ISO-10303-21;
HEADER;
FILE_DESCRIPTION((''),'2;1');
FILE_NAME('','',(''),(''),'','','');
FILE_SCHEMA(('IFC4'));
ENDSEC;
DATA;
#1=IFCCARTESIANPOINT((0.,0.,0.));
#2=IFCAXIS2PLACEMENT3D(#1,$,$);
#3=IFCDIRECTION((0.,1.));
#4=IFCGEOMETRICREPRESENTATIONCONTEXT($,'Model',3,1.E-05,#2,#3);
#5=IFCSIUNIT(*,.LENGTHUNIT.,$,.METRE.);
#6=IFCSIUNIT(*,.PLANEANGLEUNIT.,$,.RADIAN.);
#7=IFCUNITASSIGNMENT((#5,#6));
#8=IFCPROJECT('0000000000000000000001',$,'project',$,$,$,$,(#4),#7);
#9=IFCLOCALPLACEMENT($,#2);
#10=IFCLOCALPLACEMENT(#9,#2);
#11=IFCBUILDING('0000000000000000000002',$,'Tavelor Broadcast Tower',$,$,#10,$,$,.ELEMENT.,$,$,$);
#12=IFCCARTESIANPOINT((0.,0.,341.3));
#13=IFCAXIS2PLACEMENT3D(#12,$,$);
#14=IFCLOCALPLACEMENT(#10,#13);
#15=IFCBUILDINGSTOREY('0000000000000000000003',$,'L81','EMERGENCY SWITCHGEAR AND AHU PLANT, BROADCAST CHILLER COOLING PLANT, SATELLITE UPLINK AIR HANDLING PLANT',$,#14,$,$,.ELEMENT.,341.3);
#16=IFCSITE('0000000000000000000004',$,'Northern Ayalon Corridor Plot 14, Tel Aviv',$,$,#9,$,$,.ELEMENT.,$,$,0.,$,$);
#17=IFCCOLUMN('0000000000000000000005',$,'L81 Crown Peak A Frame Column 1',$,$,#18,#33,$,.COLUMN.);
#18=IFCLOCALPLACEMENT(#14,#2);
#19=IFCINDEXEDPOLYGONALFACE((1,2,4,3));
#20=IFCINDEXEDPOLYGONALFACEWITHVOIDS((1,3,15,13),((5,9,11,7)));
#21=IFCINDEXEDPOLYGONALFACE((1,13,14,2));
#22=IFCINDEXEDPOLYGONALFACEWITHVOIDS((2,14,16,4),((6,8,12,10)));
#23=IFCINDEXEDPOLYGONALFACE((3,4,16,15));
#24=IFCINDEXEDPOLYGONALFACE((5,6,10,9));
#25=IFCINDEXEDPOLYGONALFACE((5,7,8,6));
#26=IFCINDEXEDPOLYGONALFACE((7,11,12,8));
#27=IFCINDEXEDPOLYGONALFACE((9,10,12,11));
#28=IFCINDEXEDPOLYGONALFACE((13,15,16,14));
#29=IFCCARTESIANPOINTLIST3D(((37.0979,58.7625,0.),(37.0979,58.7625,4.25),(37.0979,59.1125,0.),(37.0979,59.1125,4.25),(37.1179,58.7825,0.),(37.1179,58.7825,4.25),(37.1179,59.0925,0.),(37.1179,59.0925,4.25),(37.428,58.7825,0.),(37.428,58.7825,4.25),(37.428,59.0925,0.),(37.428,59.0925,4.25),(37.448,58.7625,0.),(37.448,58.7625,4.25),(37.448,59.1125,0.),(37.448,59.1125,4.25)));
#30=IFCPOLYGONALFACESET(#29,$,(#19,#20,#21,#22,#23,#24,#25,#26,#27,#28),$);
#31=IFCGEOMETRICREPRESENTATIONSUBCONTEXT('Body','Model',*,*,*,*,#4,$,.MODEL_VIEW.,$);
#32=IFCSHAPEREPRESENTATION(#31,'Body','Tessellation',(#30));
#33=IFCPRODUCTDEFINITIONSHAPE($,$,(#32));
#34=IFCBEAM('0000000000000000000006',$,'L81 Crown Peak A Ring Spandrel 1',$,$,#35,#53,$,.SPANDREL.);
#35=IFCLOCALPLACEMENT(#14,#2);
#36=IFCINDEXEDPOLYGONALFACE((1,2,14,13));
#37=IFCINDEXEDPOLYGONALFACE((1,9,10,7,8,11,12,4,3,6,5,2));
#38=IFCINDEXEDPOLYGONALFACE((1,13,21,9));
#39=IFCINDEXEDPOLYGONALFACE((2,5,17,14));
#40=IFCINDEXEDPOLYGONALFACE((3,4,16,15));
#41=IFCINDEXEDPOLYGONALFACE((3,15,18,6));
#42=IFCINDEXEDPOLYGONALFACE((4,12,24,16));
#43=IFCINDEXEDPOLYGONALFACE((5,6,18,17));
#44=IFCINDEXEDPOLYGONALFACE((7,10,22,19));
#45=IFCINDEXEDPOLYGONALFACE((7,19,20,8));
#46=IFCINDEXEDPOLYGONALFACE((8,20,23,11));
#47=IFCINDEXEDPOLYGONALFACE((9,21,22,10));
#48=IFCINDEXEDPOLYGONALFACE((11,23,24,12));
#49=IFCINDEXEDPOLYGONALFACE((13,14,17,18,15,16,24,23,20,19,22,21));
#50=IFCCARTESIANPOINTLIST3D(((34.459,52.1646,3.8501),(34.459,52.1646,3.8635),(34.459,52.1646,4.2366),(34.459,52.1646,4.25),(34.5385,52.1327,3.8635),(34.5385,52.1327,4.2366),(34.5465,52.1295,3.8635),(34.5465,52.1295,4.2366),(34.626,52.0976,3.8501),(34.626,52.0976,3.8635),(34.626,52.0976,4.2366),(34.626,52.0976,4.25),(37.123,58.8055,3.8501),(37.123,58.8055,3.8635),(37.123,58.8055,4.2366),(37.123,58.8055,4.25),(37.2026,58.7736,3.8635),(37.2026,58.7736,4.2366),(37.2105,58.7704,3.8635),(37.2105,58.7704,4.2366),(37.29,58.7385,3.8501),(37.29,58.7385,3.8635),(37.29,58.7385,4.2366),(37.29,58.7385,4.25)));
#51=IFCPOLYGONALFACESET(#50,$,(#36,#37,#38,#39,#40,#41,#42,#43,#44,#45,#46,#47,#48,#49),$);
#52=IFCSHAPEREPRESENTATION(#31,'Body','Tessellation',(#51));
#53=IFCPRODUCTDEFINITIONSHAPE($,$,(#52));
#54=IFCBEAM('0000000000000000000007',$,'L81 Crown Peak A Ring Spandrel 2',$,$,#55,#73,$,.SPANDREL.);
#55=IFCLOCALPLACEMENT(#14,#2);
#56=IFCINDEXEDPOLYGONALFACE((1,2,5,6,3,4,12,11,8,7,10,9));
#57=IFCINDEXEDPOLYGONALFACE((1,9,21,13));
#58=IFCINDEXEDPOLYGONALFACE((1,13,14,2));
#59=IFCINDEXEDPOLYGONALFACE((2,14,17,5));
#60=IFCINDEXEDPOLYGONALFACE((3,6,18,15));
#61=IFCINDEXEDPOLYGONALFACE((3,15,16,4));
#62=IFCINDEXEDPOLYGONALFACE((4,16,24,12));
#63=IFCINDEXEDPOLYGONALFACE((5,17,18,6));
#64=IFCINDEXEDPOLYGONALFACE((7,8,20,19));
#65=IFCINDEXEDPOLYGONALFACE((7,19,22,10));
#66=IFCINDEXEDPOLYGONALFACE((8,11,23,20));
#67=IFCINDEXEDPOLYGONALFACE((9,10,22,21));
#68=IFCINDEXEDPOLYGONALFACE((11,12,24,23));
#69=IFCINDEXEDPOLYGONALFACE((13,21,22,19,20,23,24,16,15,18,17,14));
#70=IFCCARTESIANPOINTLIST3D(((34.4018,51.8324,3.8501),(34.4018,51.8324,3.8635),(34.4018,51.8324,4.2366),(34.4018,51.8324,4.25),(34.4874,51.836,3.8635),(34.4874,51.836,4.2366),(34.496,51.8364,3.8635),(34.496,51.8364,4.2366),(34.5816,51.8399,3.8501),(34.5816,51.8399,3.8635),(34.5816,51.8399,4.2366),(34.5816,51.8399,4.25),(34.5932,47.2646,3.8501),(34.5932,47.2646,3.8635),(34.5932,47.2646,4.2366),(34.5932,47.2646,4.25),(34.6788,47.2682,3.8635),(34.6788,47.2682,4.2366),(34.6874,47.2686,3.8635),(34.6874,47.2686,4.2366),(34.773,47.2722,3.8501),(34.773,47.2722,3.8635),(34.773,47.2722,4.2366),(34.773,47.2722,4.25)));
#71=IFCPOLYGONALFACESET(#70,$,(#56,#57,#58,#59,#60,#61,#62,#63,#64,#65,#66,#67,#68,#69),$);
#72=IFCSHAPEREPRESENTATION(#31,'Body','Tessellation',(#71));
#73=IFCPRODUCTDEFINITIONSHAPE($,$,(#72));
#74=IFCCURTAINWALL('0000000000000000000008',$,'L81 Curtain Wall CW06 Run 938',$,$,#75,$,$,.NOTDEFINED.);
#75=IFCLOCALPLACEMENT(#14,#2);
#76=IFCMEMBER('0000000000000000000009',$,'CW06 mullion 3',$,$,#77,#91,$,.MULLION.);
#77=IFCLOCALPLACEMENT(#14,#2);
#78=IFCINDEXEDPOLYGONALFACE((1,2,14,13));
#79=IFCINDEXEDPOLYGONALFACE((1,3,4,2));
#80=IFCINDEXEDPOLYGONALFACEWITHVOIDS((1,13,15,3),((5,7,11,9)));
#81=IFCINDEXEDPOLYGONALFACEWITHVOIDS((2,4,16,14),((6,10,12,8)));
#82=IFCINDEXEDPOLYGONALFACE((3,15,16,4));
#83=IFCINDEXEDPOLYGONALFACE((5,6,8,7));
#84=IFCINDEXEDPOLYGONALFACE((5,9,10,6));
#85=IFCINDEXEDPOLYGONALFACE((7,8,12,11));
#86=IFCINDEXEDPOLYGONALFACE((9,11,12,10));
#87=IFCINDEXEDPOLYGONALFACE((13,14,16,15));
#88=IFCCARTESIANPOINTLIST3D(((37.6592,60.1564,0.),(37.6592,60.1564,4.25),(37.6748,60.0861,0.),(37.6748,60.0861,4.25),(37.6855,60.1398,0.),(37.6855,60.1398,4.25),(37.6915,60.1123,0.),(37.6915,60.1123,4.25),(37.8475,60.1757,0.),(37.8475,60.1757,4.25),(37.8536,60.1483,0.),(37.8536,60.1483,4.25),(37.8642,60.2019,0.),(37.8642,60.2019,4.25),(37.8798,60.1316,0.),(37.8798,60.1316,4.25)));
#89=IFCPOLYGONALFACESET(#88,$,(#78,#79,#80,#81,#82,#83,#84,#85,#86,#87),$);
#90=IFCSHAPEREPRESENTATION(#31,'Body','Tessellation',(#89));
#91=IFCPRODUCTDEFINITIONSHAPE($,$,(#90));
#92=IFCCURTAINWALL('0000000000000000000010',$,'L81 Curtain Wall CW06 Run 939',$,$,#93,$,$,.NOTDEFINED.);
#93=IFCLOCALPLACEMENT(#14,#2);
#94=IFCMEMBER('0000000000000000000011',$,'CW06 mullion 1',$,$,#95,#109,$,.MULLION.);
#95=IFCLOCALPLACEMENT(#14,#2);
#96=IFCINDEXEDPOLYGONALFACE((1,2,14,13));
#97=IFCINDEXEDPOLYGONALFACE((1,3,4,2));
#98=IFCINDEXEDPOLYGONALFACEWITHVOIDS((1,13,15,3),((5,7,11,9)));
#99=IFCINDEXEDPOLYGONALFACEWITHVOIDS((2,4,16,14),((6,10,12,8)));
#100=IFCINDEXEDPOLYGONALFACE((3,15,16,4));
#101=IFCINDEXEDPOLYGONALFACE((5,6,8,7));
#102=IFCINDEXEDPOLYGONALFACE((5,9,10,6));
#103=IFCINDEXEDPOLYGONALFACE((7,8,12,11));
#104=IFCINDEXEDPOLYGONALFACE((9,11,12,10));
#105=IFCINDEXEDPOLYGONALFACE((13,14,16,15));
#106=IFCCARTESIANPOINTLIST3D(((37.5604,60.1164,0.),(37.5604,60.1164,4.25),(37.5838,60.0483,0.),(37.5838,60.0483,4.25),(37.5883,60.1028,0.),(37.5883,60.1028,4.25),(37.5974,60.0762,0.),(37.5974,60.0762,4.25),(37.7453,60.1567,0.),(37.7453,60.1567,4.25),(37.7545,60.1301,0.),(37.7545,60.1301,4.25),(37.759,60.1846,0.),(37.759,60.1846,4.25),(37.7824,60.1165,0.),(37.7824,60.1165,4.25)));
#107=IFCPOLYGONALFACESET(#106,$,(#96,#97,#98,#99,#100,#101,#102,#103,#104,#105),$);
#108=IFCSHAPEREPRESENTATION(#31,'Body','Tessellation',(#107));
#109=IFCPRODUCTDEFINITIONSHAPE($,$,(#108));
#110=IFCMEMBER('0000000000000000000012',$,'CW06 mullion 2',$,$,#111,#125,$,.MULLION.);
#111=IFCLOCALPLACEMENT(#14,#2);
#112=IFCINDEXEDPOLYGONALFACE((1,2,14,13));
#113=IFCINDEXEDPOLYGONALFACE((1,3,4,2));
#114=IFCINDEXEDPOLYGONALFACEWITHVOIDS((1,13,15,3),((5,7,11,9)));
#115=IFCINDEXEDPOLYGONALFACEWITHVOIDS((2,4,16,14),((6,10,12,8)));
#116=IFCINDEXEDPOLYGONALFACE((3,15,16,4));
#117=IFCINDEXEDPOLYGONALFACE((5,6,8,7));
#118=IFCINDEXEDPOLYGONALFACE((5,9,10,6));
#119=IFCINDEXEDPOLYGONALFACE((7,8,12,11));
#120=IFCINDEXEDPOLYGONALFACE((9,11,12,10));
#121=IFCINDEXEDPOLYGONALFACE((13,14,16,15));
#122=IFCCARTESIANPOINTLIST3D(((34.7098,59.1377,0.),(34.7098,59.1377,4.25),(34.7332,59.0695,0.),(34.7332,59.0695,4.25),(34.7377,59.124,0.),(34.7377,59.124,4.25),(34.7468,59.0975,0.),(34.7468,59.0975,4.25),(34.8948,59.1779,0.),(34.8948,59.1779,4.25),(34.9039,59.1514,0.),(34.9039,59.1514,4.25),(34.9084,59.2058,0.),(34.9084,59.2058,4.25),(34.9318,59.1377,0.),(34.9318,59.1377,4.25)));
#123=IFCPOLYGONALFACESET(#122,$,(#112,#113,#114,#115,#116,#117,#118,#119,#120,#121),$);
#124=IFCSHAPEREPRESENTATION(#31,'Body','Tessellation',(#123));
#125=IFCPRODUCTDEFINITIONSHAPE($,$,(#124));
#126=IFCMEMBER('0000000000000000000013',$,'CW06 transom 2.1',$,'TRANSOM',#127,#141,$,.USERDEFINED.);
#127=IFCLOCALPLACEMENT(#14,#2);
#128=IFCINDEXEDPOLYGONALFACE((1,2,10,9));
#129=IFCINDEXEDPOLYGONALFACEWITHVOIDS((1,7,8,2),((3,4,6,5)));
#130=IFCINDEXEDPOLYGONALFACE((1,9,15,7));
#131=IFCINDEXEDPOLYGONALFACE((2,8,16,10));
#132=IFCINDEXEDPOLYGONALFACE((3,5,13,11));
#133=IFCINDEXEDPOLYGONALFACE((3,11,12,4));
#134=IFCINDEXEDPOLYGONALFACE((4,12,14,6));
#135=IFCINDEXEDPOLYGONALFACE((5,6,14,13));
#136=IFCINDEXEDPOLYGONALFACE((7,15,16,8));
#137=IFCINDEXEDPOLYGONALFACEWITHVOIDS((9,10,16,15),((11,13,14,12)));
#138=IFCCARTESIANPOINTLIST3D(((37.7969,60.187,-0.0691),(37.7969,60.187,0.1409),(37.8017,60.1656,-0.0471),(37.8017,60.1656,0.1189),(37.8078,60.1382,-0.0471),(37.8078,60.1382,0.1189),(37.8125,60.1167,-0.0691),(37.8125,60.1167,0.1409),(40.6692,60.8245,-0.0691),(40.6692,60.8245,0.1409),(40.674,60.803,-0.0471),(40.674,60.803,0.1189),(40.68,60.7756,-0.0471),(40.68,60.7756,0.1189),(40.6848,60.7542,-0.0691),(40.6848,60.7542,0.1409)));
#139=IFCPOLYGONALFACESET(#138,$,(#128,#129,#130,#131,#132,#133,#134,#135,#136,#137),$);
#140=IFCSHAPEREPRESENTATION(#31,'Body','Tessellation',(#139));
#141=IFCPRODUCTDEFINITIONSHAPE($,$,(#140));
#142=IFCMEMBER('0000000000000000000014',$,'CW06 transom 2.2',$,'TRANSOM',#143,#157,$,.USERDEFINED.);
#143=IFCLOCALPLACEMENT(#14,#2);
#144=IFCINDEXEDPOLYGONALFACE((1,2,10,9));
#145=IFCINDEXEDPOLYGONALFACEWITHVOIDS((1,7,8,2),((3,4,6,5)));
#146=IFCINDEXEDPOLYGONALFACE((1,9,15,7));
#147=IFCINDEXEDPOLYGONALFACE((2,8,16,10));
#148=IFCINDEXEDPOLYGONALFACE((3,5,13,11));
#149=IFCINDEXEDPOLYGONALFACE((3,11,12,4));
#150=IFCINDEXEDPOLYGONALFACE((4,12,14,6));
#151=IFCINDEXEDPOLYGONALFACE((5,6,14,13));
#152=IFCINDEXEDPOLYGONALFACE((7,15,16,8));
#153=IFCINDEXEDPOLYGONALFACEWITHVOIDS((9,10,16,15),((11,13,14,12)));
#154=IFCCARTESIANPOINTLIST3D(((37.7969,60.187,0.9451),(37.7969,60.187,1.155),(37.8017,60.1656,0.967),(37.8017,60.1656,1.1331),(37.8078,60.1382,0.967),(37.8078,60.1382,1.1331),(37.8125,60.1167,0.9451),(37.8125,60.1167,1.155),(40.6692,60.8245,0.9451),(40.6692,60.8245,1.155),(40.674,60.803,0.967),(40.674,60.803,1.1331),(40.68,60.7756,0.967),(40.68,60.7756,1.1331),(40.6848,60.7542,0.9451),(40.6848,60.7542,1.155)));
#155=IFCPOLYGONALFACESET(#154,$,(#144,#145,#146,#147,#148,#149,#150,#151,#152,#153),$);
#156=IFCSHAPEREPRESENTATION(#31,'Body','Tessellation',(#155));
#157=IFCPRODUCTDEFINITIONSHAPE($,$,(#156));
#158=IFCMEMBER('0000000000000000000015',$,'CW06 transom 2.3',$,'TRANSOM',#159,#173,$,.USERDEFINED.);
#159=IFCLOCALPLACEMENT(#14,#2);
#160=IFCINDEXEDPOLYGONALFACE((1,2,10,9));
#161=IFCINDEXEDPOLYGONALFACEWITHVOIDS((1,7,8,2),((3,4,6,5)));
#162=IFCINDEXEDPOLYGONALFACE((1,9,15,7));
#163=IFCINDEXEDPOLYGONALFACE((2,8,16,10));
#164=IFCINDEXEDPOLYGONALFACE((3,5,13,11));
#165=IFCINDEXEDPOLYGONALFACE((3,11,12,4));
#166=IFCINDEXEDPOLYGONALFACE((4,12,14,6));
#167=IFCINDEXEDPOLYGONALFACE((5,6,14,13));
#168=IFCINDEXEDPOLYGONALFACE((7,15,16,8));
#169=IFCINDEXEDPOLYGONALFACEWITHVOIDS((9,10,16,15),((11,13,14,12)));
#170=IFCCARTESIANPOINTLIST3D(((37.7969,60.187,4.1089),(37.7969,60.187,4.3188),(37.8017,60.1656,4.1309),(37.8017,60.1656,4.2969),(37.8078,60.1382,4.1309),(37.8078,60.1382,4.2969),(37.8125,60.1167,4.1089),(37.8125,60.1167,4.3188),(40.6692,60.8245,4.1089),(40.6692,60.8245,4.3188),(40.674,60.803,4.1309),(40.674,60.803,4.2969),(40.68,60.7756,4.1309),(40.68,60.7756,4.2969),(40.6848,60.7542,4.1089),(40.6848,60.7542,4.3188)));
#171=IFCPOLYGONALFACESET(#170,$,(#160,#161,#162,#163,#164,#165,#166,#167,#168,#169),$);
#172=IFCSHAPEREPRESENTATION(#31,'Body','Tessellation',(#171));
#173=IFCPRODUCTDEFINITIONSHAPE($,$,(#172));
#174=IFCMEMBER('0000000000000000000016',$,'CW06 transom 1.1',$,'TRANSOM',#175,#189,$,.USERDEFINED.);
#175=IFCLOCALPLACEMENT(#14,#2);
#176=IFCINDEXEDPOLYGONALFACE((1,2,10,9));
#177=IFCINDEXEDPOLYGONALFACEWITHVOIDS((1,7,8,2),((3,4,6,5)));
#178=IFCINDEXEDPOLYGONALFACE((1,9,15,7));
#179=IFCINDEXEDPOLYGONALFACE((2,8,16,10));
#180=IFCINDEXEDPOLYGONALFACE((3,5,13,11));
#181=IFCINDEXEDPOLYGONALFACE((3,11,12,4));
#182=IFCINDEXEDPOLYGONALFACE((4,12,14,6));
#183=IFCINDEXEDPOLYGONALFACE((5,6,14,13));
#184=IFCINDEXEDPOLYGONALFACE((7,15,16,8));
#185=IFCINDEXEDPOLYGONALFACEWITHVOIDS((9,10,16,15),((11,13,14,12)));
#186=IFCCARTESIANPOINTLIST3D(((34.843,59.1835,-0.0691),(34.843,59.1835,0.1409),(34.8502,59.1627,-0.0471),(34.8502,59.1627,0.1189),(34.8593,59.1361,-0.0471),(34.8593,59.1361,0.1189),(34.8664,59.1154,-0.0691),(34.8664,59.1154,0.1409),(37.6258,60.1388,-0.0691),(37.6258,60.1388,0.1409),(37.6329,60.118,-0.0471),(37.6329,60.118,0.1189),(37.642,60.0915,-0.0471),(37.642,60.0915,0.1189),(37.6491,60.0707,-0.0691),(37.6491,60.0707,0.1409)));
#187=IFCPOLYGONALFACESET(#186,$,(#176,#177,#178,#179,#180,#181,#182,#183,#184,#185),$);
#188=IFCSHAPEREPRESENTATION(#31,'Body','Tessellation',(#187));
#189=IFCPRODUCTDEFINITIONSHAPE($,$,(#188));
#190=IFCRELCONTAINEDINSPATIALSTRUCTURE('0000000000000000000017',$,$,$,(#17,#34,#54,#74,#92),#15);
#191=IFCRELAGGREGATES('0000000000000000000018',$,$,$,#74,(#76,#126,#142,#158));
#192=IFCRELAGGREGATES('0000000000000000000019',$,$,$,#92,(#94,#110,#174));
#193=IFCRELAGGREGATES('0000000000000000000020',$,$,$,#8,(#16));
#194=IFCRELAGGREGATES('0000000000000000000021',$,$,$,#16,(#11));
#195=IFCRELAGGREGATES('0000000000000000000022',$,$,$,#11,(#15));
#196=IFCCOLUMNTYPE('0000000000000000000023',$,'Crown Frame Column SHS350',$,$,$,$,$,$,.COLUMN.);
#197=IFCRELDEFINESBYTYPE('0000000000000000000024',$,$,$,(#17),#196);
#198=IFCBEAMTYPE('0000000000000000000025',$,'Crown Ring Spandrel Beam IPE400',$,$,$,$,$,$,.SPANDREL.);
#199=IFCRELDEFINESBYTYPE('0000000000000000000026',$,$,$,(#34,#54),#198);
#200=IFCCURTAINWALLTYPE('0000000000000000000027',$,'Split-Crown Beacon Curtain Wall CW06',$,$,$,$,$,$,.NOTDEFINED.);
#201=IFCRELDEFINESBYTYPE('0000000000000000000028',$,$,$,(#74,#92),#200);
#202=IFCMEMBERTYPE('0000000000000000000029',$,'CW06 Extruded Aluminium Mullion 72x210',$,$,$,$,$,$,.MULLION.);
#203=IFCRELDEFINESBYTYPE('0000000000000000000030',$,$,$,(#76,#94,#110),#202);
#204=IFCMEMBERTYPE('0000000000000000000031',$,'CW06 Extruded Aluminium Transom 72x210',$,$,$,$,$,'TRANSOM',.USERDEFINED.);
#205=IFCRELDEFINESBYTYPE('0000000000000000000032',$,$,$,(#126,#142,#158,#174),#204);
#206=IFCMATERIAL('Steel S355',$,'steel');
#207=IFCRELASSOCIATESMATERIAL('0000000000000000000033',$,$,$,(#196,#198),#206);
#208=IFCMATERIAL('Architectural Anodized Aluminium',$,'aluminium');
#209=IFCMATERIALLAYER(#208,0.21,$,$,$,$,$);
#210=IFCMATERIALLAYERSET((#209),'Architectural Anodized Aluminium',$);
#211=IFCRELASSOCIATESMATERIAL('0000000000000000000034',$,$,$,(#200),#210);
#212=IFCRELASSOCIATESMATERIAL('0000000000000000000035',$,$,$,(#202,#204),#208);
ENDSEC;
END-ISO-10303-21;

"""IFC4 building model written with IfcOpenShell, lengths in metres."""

from ifc_helpers import new_model, si_unit, direction, frame, origin, origin_2d, place, context, subcontext, project, spatial, hollow_rectangle, i_section, extrude, source, transform, mapped, material, layer, layer_set, material_profile, profile_set, type_object, type_shapes, element, aggregate, save


model = new_model("IFC4")

# Units and contexts
model_context = context("Model", 3, precision=1e-05, world=origin(), true_north=direction((0.0, 1.0)))
body_context = subcontext(model_context, "Body", "Model", "MODEL_VIEW")
ifc_project = project(units=[si_unit("LENGTHUNIT", "METRE"), si_unit("PLANEANGLEUNIT", "RADIAN")], contexts=[model_context])

# Site, building, storey
site_placement = place(None, origin())
site = spatial("IfcSite", under=ifc_project, at=site_placement, Name="Northern Ayalon Corridor Plot 14, Tel Aviv", CompositionType="ELEMENT", RefElevation=0.0)
building_placement = place(site_placement, origin())
building = spatial("IfcBuilding", under=site, at=building_placement, Name="Tavelor Broadcast Tower", CompositionType="ELEMENT")
storey_placement = place(building_placement, frame((0.0, 0.0, 341.3)))
storey = spatial("IfcBuildingStorey", under=building, at=storey_placement, Name="L81", Description="EMERGENCY SWITCHGEAR AND AHU PLANT, BROADCAST CHILLER COOLING PLANT, SATELLITE UPLINK AIR HANDLING PLANT", CompositionType="ELEMENT", Elevation=341.3)

# Column
ifc_material_1 = material(Name="Steel S355", Category="steel")
ifc_material_profile_1 = material_profile(ifc_material_1, hollow_rectangle(XDim=0.3501, YDim=0.3501, WallThickness=0.02, at=origin_2d()), Name="SHS 350x350x20")
ifc_profile_set_1 = profile_set([ifc_material_profile_1], Name="Steel S355")
column_type = type_object("IfcColumnType", Name="Crown Frame Column SHS350", PredefinedType="COLUMN", material=ifc_profile_set_1)
column_placement = place(storey_placement, frame((37.2729, 58.9375, 0.0), z_axis=(0.0, 0.0, 1.0), x_axis=(1.0, 0.0, 0.0)))
element("IfcColumn", 1, at=column_placement, inside=storey, type_object=column_type, Name="L81 Crown Peak A Frame Column 1", PredefinedType="COLUMN", context=body_context, shape_type="SweptSolid", body=[
    extrude(hollow_rectangle(XDim=0.3501, YDim=0.3501, WallThickness=0.02, at=origin_2d()), origin(), (0.0, 0.0, 1.0), 4.25),
])

# Beams
ifc_material_profile_2 = material_profile(ifc_material_1, i_section(OverallWidth=0.1799, OverallDepth=0.3999, WebThickness=0.0085, FlangeThickness=0.0134, at=origin_2d()), Name="IPE 400")
ifc_profile_set_2 = profile_set([ifc_material_profile_2], Name="Steel S355")
beam_type = type_object("IfcBeamType", Name="Crown Ring Spandrel Beam IPE400", PredefinedType="SPANDREL", material=ifc_profile_set_2)
beam_1_placement = place(storey_placement, frame((37.2065, 58.772, 4.05), z_axis=(-0.37232, -0.928104, 0.0), x_axis=(0.928104, -0.37232, 0.0)))
element("IfcBeam", 2, at=beam_1_placement, inside=storey, type_object=beam_type, Name="L81 Crown Peak A Ring Spandrel 1", PredefinedType="SPANDREL", context=body_context, shape_type="SweptSolid", body=[
    extrude(i_section(OverallWidth=0.1799, OverallDepth=0.3999, WebThickness=0.0085, FlangeThickness=0.0134, at=origin_2d()), origin(), (0.0, 0.0, 1.0), 7.1553),
])
beam_2_placement = place(storey_placement, frame((34.4917, 51.8362, 4.05), z_axis=(0.041866, -0.999123, 0.0), x_axis=(0.999123, 0.041866, 0.0)))
element("IfcBeam", 3, at=beam_2_placement, inside=storey, type_object=beam_type, Name="L81 Crown Peak A Ring Spandrel 2", PredefinedType="SPANDREL", context=body_context, shape_type="SweptSolid", body=[
    extrude(i_section(OverallWidth=0.1799, OverallDepth=0.3999, WebThickness=0.0085, FlangeThickness=0.0134, at=origin_2d()), origin(), (0.0, 0.0, 1.0), 4.5718),
])

# Curtain wall, member
ifc_material_2 = material(Name="Architectural Anodized Aluminium", Category="aluminium")
ifc_layer_1 = layer(ifc_material_2, 0.21)
ifc_layer_set_1 = layer_set([ifc_layer_1], Name="Architectural Anodized Aluminium")
curtain_wall_type = type_object("IfcCurtainWallType", Name="Split-Crown Beacon Curtain Wall CW06", PredefinedType="NOTDEFINED", material=ifc_layer_set_1)
curtain_wall_1_placement = place(storey_placement, origin())
curtain_wall_1 = element("IfcCurtainWall", 4, at=curtain_wall_1_placement, inside=storey, type_object=curtain_wall_type, Name="L81 Curtain Wall CW06 Run 938", PredefinedType="NOTDEFINED")
ifc_material_profile_3 = material_profile(ifc_material_2, hollow_rectangle(XDim=0.072, YDim=0.21, WallThickness=0.022, at=origin_2d()), Name="RHS 72x210x22")
ifc_profile_set_3 = profile_set([ifc_material_profile_3], Name="Architectural Anodized Aluminium")
member_type_1 = type_object("IfcMemberType", Name="CW06 Extruded Aluminium Mullion 72x210", PredefinedType="MULLION", material=ifc_profile_set_3)
shared_shape_1 = source(origin(), body_context, "Body", "SweptSolid", [
    extrude(hollow_rectangle(XDim=0.072, YDim=0.21, WallThickness=0.022, at=origin_2d()), origin(), (0.0, 0.0, 1.0), 4.25),
])
type_shapes(member_type_1, [shared_shape_1])
member_1_placement = place(storey_placement, frame((37.7695, 60.144, 0.0), z_axis=(0.0, 0.0, 1.0), x_axis=(0.216712, -0.976236, 0.0)))
member_1 = element("IfcMember", 5, at=member_1_placement, type_object=member_type_1, Name="CW06 mullion 3", PredefinedType="MULLION", context=body_context, shape_type="MappedRepresentation", body=[
    mapped(shared_shape_1, transform((0.0, 0.0, 0.0), scale=1.0)),
])

# Curtain wall, members
curtain_wall_2_placement = place(storey_placement, origin())
curtain_wall_2 = element("IfcCurtainWall", 6, at=curtain_wall_2_placement, inside=storey, type_object=curtain_wall_type, Name="L81 Curtain Wall CW06 Run 939", PredefinedType="NOTDEFINED")
member_2_placement = place(storey_placement, frame((37.6714, 60.1165, 0.0), z_axis=(0.0, 0.0, 1.0), x_axis=(0.324728, -0.945807, 0.0)))
member_2 = element("IfcMember", 7, at=member_2_placement, type_object=member_type_1, Name="CW06 mullion 1", PredefinedType="MULLION", context=body_context, shape_type="MappedRepresentation", body=[
    mapped(shared_shape_1, transform((0.0, 0.0, 0.0), scale=1.0)),
])
member_3_placement = place(storey_placement, frame((34.8208, 59.1377, 0.0), z_axis=(0.0, 0.0, 1.0), x_axis=(0.324728, -0.945807, 0.0)))
member_3 = element("IfcMember", 8, at=member_3_placement, type_object=member_type_1, Name="CW06 mullion 2", PredefinedType="MULLION", context=body_context, shape_type="MappedRepresentation", body=[
    mapped(shared_shape_1, transform((0.0, 0.0, 0.0), scale=1.0)),
])

# Members
ifc_material_profile_4 = material_profile(ifc_material_2, hollow_rectangle(XDim=0.072, YDim=0.21, WallThickness=0.022, at=origin_2d()), Name="RHS 72x210x22")
ifc_profile_set_4 = profile_set([ifc_material_profile_4], Name="Architectural Anodized Aluminium")
member_type_2 = type_object("IfcMemberType", Name="CW06 Extruded Aluminium Transom 72x210", ElementType="TRANSOM", PredefinedType="USERDEFINED", material=ifc_profile_set_4)
shared_shape_2 = source(origin(), body_context, "Body", "SweptSolid", [
    extrude(hollow_rectangle(XDim=0.072, YDim=0.21, WallThickness=0.022, at=origin_2d()), origin(), (0.0, 0.0, 1.0), 2.9421),
])
type_shapes(member_type_2, [shared_shape_2])
member_4_placement = place(storey_placement, frame((40.677, 60.7893, 0.0359), z_axis=(-0.976248, -0.216658, 0.0), x_axis=(0.216658, -0.976248, 0.0)))
member_4 = element("IfcMember", 9, at=member_4_placement, type_object=member_type_2, Name="CW06 transom 2.1", ObjectType="TRANSOM", PredefinedType="USERDEFINED", context=body_context, shape_type="MappedRepresentation", body=[
    mapped(shared_shape_2, transform((0.0, 0.0, 0.0), scale=1.0)),
])
member_5_placement = place(storey_placement, frame((40.677, 60.7893, 1.05), z_axis=(-0.976248, -0.216658, 0.0), x_axis=(0.216658, -0.976248, 0.0)))
member_5 = element("IfcMember", 10, at=member_5_placement, type_object=member_type_2, Name="CW06 transom 2.2", ObjectType="TRANSOM", PredefinedType="USERDEFINED", context=body_context, shape_type="MappedRepresentation", body=[
    mapped(shared_shape_2, transform((0.0, 0.0, 0.0), scale=1.0)),
])
member_6_placement = place(storey_placement, frame((40.677, 60.7893, 4.2139), z_axis=(-0.976248, -0.216658, 0.0), x_axis=(0.216658, -0.976248, 0.0)))
member_6 = element("IfcMember", 11, at=member_6_placement, type_object=member_type_2, Name="CW06 transom 2.3", ObjectType="TRANSOM", PredefinedType="USERDEFINED", context=body_context, shape_type="MappedRepresentation", body=[
    mapped(shared_shape_2, transform((0.0, 0.0, 0.0), scale=1.0)),
])
member_7_placement = place(storey_placement, frame((37.6375, 60.1047, 0.0359), z_axis=(-0.945816, -0.324704, 0.0), x_axis=(0.324704, -0.945816, 0.0)))
member_7 = element("IfcMember", 12, at=member_7_placement, type_object=member_type_2, Name="CW06 transom 1.1", ObjectType="TRANSOM", PredefinedType="USERDEFINED", context=body_context, shape_type="MappedRepresentation", body=[
    mapped(shared_shape_2, transform((0.0, 0.0, 0.0), scale=1.0)),
])

aggregate(curtain_wall_1, [member_1, member_4, member_5, member_6])
aggregate(curtain_wall_2, [member_2, member_3, member_7])

save(model, "model.ifc")
